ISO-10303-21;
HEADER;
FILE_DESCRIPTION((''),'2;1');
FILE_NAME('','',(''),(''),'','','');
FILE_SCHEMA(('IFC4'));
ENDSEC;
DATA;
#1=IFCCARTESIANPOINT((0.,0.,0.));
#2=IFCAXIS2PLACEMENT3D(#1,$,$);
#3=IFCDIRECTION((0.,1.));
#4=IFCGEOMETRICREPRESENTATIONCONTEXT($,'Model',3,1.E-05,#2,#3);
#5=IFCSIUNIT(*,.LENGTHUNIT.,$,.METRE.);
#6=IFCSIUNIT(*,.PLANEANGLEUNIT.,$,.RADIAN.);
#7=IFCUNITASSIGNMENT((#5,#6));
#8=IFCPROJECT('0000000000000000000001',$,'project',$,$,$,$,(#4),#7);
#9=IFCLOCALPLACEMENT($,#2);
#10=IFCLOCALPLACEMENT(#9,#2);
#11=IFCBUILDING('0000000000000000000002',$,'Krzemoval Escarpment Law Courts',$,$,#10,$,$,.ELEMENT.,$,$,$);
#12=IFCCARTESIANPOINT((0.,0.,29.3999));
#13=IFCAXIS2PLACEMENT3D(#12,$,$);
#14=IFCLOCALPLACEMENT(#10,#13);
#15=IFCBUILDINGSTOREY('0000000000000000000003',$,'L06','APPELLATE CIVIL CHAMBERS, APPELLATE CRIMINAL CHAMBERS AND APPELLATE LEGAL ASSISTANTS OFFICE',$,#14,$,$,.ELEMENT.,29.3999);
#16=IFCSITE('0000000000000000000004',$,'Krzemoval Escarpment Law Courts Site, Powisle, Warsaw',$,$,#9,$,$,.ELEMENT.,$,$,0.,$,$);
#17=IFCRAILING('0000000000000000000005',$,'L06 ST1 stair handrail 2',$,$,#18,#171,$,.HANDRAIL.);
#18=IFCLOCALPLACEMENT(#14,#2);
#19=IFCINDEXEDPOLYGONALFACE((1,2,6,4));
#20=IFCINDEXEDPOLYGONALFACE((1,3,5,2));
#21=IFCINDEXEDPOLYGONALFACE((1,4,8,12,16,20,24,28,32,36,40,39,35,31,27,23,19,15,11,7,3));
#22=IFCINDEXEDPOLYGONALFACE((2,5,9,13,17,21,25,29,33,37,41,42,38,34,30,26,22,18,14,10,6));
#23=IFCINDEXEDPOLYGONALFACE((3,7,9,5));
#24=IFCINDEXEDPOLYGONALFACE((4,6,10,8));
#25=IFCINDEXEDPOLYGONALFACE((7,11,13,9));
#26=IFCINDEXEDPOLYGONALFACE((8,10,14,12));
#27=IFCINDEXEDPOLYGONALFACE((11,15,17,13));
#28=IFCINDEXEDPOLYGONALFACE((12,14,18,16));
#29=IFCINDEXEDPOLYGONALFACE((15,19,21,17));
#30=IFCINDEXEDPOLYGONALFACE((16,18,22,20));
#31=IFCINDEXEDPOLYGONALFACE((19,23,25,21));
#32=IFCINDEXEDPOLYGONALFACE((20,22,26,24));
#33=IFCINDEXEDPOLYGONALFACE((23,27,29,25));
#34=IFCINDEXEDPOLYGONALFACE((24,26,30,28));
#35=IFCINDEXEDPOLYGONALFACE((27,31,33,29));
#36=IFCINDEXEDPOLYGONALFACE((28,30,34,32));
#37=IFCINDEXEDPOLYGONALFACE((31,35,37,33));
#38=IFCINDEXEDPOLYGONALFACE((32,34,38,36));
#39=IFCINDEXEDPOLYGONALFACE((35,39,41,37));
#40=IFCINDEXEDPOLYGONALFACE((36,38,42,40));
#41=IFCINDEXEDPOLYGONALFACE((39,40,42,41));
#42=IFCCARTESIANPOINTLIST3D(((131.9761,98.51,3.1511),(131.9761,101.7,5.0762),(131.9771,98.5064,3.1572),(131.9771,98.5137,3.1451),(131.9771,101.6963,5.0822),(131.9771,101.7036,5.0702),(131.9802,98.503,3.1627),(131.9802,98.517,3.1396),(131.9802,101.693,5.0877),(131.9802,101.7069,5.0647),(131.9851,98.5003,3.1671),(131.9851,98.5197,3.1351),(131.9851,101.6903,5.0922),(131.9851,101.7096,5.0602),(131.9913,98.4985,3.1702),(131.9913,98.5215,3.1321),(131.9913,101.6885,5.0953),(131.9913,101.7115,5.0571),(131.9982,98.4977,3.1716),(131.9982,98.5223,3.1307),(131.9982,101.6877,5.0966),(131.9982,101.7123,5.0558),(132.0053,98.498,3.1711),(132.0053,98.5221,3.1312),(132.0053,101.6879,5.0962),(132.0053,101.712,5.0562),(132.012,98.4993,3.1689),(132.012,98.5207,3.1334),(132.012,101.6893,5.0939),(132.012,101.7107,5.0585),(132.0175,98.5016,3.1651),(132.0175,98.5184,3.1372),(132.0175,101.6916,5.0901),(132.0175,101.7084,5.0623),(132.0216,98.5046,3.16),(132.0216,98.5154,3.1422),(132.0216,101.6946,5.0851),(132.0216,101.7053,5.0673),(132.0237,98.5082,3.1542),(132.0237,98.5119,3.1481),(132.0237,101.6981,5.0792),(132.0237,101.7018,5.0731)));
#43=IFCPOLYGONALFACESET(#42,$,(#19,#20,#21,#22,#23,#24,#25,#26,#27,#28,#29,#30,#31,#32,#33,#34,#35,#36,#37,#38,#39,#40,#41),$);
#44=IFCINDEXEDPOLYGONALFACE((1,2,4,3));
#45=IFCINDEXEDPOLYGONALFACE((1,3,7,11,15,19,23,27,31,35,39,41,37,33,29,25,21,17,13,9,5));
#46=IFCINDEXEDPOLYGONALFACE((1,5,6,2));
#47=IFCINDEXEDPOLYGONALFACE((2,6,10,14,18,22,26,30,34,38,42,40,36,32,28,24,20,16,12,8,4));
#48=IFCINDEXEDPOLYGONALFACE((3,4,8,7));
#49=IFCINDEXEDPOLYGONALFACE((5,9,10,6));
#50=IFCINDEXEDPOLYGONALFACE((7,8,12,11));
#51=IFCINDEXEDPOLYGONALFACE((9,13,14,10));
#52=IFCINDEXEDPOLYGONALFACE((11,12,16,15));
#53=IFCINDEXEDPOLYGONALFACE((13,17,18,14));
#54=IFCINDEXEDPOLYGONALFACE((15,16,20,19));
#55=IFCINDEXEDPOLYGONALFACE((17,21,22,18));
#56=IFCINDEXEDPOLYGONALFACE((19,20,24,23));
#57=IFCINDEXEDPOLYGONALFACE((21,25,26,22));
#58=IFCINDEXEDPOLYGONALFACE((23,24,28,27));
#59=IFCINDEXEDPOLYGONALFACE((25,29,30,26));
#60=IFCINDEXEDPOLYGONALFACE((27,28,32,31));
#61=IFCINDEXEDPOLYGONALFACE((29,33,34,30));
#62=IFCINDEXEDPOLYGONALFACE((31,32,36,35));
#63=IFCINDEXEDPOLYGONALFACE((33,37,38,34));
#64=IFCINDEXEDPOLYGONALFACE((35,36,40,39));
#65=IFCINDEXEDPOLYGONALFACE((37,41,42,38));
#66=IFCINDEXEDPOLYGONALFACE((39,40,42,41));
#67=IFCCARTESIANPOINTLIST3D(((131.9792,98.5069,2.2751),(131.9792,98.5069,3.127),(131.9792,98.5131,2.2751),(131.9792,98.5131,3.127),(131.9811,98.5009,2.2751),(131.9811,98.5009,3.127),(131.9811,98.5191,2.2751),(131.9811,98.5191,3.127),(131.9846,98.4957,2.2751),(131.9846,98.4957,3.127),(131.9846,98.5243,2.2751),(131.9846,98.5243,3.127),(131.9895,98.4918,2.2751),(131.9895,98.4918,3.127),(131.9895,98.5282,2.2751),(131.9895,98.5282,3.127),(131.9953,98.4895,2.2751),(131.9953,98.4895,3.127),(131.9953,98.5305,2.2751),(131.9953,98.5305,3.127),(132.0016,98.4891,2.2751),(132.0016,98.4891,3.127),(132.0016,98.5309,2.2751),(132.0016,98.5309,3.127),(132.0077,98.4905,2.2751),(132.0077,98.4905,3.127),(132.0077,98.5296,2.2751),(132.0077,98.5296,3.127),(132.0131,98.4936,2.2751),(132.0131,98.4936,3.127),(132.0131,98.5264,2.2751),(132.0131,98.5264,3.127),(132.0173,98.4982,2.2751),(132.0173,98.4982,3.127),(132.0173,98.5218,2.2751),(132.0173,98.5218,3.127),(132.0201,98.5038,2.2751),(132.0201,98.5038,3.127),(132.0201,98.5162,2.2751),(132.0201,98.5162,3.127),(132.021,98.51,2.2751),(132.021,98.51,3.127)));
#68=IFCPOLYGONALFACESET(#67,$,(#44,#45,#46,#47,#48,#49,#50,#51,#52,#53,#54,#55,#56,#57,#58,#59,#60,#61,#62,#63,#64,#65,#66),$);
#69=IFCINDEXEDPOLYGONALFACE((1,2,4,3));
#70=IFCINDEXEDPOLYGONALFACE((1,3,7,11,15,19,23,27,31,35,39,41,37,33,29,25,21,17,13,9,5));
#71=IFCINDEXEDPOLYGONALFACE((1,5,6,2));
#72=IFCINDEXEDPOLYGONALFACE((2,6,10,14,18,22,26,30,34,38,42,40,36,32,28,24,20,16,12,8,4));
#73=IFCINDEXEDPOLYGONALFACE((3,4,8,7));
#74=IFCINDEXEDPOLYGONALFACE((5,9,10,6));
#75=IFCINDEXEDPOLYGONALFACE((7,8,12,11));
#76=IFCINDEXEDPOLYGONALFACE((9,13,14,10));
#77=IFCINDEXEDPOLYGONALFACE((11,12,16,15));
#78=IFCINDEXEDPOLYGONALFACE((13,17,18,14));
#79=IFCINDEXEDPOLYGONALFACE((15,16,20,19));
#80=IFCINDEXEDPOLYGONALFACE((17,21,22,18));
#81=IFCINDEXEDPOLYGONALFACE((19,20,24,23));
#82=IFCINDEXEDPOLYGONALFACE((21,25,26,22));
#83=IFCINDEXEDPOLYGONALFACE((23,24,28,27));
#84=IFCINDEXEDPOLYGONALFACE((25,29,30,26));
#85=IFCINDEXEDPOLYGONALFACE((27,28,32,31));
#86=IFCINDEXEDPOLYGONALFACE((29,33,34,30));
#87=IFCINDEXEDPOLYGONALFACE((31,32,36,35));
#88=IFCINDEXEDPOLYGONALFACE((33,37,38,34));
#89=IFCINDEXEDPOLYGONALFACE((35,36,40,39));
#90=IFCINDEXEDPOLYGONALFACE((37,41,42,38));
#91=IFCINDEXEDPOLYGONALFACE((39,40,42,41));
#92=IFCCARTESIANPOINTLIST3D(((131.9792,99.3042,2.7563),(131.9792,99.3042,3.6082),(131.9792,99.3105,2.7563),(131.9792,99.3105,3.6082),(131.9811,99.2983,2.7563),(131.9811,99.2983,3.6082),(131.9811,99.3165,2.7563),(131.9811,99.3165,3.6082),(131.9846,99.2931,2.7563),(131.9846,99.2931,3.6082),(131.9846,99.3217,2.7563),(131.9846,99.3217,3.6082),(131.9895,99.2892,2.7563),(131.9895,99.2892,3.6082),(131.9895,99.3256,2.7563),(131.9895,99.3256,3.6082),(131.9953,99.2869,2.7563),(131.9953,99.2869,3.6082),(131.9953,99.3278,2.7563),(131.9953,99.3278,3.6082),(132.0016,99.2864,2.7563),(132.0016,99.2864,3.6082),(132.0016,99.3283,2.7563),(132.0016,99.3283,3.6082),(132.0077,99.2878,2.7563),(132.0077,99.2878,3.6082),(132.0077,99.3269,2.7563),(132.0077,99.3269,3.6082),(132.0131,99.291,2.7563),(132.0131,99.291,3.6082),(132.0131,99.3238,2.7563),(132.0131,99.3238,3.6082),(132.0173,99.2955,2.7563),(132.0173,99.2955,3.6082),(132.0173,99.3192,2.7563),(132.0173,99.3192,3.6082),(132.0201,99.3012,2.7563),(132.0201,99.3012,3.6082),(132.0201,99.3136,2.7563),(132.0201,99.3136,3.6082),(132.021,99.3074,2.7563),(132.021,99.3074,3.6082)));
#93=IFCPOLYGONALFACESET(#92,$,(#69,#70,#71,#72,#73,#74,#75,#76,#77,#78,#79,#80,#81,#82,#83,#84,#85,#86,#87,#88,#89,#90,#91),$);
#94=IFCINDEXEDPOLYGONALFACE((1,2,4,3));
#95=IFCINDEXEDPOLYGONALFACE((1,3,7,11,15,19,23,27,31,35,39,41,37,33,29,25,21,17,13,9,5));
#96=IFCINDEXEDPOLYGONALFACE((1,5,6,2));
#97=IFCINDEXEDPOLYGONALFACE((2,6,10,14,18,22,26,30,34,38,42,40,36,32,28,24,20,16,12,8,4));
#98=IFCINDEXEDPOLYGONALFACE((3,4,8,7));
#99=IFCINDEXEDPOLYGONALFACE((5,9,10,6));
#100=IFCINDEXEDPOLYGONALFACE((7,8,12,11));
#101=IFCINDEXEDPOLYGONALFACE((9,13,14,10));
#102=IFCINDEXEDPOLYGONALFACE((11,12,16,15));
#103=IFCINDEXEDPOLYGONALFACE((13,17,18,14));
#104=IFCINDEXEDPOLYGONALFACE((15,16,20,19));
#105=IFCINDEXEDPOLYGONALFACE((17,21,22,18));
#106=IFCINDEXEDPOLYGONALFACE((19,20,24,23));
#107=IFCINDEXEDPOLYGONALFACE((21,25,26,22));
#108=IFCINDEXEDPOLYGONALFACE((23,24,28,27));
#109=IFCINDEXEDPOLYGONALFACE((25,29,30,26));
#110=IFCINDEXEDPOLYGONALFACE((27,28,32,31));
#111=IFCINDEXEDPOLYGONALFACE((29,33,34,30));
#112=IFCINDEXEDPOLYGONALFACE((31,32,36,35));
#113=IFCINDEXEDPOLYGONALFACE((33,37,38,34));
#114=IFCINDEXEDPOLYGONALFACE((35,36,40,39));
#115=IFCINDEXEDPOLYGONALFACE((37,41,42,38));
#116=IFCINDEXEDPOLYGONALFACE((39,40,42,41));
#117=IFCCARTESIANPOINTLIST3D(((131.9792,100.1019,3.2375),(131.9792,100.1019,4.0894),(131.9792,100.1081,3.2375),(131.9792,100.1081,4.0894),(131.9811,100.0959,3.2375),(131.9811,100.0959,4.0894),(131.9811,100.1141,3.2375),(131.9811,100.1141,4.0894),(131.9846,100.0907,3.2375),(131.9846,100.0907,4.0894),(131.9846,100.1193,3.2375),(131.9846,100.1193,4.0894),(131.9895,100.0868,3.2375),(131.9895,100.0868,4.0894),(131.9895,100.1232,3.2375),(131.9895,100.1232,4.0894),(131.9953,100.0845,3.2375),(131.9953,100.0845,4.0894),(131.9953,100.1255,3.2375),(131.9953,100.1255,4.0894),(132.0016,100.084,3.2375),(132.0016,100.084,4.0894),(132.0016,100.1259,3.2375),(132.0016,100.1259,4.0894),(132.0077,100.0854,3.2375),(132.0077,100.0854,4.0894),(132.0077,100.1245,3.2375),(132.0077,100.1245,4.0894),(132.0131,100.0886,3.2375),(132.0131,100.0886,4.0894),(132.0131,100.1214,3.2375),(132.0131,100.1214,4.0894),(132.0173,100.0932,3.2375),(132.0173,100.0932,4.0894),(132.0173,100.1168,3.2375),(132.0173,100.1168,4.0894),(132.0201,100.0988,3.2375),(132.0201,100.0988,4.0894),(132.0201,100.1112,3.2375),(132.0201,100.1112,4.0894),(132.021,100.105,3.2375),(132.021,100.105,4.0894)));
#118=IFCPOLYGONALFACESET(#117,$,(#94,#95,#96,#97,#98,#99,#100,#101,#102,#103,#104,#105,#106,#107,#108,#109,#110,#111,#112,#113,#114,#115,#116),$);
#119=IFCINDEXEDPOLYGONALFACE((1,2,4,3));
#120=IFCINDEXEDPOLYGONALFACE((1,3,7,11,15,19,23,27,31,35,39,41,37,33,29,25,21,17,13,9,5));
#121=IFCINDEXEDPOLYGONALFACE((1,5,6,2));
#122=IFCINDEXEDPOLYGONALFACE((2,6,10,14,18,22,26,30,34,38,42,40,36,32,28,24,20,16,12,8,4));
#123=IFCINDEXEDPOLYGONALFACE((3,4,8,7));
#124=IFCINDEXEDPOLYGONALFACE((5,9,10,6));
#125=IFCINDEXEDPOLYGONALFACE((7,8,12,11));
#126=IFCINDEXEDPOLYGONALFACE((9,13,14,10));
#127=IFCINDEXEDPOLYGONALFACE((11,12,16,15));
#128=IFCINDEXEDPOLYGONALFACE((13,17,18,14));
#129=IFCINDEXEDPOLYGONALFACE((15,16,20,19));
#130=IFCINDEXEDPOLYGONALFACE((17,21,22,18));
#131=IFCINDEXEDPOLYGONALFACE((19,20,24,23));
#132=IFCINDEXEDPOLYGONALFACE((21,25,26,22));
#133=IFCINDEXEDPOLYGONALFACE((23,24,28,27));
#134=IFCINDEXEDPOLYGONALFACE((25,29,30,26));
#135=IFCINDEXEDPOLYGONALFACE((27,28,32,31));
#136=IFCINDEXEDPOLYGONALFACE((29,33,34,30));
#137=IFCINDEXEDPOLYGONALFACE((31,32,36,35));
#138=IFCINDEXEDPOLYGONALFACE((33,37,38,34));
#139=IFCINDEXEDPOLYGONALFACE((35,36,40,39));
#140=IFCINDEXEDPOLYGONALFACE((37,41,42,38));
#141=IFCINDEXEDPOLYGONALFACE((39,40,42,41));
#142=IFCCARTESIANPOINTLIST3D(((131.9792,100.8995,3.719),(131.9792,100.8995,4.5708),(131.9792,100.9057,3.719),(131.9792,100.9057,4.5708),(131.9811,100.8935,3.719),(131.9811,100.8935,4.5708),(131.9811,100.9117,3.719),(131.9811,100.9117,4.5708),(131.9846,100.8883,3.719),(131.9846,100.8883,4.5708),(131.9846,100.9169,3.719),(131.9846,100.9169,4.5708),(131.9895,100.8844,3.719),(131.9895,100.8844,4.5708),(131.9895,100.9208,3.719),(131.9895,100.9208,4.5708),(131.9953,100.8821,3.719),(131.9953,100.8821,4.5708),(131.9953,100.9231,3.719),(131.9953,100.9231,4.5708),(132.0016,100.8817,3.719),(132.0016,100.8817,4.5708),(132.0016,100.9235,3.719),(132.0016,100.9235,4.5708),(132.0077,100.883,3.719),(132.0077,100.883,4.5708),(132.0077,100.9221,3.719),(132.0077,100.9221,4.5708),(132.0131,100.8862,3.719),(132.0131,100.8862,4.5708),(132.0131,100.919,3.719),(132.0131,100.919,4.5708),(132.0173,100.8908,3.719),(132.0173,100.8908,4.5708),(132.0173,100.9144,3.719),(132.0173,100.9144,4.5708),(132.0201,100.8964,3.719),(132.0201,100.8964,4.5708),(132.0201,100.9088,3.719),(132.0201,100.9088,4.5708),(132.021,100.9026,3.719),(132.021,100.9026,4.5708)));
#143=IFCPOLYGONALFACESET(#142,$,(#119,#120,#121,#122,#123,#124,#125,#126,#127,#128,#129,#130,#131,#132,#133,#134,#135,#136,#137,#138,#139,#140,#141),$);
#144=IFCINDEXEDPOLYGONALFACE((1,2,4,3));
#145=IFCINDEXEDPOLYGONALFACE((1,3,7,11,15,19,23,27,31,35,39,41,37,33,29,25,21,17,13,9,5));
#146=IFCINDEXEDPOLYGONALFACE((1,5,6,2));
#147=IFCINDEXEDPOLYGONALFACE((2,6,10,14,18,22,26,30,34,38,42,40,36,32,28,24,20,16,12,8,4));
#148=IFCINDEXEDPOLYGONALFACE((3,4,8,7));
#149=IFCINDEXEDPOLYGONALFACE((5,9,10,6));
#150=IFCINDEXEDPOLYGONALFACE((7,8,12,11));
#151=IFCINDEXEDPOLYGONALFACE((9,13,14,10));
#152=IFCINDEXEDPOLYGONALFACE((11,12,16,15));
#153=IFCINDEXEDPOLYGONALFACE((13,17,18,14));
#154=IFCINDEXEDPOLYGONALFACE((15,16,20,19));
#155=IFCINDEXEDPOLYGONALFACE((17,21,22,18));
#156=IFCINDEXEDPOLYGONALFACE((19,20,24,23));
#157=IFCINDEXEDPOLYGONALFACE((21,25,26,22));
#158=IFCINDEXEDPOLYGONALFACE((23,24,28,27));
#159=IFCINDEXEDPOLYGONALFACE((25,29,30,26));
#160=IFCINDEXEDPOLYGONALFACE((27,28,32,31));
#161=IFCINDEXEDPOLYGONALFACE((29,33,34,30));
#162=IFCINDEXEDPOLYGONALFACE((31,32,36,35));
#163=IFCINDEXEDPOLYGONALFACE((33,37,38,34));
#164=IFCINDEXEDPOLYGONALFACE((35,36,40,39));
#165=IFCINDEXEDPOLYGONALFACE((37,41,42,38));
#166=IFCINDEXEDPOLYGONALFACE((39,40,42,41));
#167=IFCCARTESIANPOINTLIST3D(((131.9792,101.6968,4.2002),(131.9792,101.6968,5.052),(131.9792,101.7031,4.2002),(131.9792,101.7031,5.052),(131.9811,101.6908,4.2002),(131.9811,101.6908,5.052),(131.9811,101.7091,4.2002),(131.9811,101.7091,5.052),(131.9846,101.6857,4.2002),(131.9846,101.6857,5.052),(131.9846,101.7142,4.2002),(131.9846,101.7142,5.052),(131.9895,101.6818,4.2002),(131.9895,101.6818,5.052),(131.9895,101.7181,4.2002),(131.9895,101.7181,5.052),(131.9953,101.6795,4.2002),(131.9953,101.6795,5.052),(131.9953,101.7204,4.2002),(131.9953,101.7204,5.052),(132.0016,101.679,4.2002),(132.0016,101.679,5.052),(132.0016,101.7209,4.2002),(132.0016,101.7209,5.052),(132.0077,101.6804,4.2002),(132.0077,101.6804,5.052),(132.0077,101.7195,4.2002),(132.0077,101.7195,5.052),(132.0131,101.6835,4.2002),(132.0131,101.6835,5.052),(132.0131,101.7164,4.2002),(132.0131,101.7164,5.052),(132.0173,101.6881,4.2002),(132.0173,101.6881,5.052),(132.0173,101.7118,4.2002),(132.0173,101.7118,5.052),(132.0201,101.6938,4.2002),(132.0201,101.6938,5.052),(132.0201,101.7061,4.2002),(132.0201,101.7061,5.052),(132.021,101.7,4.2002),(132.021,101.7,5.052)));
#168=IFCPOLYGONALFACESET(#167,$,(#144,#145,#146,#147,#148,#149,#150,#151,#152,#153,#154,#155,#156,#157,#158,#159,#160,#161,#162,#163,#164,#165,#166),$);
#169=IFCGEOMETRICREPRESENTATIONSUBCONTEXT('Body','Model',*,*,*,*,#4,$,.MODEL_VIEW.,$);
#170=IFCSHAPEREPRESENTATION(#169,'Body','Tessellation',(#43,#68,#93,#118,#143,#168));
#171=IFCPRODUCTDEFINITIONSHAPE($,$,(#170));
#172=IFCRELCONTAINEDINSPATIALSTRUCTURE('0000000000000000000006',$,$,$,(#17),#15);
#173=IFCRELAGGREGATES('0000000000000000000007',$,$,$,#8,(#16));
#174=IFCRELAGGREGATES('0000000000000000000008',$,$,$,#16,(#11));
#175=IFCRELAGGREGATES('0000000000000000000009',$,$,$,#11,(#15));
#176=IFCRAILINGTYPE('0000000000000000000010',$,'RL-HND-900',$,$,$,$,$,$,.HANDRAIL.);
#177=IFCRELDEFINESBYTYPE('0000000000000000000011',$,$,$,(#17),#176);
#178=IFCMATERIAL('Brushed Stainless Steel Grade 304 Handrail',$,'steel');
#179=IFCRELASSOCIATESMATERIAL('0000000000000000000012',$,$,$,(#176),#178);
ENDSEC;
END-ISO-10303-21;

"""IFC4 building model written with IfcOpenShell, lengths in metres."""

from ifc_helpers import new_model, si_unit, direction, frame, origin, origin_2d, place, context, subcontext, project, spatial, circle, extrude, material, type_object, element, save


model = new_model("IFC4")

# Units and contexts
model_context = context("Model", 3, precision=1e-05, world=origin(), true_north=direction((0.0, 1.0)))
body_context = subcontext(model_context, "Body", "Model", "MODEL_VIEW")
ifc_project = project(units=[si_unit("LENGTHUNIT", "METRE"), si_unit("PLANEANGLEUNIT", "RADIAN")], contexts=[model_context])

# Site, building, storey
site_placement = place(None, origin())
site = spatial("IfcSite", under=ifc_project, at=site_placement, Name="Krzemoval Escarpment Law Courts Site, Powisle, Warsaw", CompositionType="ELEMENT", RefElevation=0.0)
building_placement = place(site_placement, origin())
building = spatial("IfcBuilding", under=site, at=building_placement, Name="Krzemoval Escarpment Law Courts", CompositionType="ELEMENT")
storey_placement = place(building_placement, frame((0.0, 0.0, 29.3999)))
storey = spatial("IfcBuildingStorey", under=building, at=storey_placement, Name="L06", Description="APPELLATE CIVIL CHAMBERS, APPELLATE CRIMINAL CHAMBERS AND APPELLATE LEGAL ASSISTANTS OFFICE", CompositionType="ELEMENT", Elevation=29.3999)

# Railing
ifc_material_1 = material(Name="Brushed Stainless Steel Grade 304 Handrail", Category="steel")
railing_type_1 = type_object("IfcRailingType", Name="RL-HND-900", PredefinedType="HANDRAIL", material=ifc_material_1)
railing_1_placement = place(storey_placement, frame((132.0, 98.51, 2.2751)))
element("IfcRailing", 1, at=railing_1_placement, inside=storey, type_object=railing_type_1, Name="L06 ST1 stair handrail 2", PredefinedType="HANDRAIL", context=body_context, shape_type="SweptSolid", body=[
    extrude(circle(Radius=0.0239, at=origin_2d()), frame((0.0, 0.0, 0.876), z_axis=(0.0, 0.856178, 0.516682), x_axis=(-1.0, 0.0, 0.0)), (0.0, 0.0, 1.0), 3.7258),
    extrude(circle(Radius=0.021, at=origin_2d()), origin(), (0.0, 0.0, 1.0), 0.8518),
    extrude(circle(Radius=0.021, at=origin_2d()), frame((0.0, 0.7974, 0.4812)), (0.0, 0.0, 1.0), 0.8518),
    extrude(circle(Radius=0.021, at=origin_2d()), frame((0.0, 1.595, 0.9624)), (0.0, 0.0, 1.0), 0.8518),
    extrude(circle(Radius=0.021, at=origin_2d()), frame((0.0, 2.3926, 1.4438)), (0.0, 0.0, 1.0), 0.8518),
    extrude(circle(Radius=0.021, at=origin_2d()), frame((0.0, 3.1899, 1.925)), (0.0, 0.0, 1.0), 0.8518),
])

save(model, "model.ifc")
